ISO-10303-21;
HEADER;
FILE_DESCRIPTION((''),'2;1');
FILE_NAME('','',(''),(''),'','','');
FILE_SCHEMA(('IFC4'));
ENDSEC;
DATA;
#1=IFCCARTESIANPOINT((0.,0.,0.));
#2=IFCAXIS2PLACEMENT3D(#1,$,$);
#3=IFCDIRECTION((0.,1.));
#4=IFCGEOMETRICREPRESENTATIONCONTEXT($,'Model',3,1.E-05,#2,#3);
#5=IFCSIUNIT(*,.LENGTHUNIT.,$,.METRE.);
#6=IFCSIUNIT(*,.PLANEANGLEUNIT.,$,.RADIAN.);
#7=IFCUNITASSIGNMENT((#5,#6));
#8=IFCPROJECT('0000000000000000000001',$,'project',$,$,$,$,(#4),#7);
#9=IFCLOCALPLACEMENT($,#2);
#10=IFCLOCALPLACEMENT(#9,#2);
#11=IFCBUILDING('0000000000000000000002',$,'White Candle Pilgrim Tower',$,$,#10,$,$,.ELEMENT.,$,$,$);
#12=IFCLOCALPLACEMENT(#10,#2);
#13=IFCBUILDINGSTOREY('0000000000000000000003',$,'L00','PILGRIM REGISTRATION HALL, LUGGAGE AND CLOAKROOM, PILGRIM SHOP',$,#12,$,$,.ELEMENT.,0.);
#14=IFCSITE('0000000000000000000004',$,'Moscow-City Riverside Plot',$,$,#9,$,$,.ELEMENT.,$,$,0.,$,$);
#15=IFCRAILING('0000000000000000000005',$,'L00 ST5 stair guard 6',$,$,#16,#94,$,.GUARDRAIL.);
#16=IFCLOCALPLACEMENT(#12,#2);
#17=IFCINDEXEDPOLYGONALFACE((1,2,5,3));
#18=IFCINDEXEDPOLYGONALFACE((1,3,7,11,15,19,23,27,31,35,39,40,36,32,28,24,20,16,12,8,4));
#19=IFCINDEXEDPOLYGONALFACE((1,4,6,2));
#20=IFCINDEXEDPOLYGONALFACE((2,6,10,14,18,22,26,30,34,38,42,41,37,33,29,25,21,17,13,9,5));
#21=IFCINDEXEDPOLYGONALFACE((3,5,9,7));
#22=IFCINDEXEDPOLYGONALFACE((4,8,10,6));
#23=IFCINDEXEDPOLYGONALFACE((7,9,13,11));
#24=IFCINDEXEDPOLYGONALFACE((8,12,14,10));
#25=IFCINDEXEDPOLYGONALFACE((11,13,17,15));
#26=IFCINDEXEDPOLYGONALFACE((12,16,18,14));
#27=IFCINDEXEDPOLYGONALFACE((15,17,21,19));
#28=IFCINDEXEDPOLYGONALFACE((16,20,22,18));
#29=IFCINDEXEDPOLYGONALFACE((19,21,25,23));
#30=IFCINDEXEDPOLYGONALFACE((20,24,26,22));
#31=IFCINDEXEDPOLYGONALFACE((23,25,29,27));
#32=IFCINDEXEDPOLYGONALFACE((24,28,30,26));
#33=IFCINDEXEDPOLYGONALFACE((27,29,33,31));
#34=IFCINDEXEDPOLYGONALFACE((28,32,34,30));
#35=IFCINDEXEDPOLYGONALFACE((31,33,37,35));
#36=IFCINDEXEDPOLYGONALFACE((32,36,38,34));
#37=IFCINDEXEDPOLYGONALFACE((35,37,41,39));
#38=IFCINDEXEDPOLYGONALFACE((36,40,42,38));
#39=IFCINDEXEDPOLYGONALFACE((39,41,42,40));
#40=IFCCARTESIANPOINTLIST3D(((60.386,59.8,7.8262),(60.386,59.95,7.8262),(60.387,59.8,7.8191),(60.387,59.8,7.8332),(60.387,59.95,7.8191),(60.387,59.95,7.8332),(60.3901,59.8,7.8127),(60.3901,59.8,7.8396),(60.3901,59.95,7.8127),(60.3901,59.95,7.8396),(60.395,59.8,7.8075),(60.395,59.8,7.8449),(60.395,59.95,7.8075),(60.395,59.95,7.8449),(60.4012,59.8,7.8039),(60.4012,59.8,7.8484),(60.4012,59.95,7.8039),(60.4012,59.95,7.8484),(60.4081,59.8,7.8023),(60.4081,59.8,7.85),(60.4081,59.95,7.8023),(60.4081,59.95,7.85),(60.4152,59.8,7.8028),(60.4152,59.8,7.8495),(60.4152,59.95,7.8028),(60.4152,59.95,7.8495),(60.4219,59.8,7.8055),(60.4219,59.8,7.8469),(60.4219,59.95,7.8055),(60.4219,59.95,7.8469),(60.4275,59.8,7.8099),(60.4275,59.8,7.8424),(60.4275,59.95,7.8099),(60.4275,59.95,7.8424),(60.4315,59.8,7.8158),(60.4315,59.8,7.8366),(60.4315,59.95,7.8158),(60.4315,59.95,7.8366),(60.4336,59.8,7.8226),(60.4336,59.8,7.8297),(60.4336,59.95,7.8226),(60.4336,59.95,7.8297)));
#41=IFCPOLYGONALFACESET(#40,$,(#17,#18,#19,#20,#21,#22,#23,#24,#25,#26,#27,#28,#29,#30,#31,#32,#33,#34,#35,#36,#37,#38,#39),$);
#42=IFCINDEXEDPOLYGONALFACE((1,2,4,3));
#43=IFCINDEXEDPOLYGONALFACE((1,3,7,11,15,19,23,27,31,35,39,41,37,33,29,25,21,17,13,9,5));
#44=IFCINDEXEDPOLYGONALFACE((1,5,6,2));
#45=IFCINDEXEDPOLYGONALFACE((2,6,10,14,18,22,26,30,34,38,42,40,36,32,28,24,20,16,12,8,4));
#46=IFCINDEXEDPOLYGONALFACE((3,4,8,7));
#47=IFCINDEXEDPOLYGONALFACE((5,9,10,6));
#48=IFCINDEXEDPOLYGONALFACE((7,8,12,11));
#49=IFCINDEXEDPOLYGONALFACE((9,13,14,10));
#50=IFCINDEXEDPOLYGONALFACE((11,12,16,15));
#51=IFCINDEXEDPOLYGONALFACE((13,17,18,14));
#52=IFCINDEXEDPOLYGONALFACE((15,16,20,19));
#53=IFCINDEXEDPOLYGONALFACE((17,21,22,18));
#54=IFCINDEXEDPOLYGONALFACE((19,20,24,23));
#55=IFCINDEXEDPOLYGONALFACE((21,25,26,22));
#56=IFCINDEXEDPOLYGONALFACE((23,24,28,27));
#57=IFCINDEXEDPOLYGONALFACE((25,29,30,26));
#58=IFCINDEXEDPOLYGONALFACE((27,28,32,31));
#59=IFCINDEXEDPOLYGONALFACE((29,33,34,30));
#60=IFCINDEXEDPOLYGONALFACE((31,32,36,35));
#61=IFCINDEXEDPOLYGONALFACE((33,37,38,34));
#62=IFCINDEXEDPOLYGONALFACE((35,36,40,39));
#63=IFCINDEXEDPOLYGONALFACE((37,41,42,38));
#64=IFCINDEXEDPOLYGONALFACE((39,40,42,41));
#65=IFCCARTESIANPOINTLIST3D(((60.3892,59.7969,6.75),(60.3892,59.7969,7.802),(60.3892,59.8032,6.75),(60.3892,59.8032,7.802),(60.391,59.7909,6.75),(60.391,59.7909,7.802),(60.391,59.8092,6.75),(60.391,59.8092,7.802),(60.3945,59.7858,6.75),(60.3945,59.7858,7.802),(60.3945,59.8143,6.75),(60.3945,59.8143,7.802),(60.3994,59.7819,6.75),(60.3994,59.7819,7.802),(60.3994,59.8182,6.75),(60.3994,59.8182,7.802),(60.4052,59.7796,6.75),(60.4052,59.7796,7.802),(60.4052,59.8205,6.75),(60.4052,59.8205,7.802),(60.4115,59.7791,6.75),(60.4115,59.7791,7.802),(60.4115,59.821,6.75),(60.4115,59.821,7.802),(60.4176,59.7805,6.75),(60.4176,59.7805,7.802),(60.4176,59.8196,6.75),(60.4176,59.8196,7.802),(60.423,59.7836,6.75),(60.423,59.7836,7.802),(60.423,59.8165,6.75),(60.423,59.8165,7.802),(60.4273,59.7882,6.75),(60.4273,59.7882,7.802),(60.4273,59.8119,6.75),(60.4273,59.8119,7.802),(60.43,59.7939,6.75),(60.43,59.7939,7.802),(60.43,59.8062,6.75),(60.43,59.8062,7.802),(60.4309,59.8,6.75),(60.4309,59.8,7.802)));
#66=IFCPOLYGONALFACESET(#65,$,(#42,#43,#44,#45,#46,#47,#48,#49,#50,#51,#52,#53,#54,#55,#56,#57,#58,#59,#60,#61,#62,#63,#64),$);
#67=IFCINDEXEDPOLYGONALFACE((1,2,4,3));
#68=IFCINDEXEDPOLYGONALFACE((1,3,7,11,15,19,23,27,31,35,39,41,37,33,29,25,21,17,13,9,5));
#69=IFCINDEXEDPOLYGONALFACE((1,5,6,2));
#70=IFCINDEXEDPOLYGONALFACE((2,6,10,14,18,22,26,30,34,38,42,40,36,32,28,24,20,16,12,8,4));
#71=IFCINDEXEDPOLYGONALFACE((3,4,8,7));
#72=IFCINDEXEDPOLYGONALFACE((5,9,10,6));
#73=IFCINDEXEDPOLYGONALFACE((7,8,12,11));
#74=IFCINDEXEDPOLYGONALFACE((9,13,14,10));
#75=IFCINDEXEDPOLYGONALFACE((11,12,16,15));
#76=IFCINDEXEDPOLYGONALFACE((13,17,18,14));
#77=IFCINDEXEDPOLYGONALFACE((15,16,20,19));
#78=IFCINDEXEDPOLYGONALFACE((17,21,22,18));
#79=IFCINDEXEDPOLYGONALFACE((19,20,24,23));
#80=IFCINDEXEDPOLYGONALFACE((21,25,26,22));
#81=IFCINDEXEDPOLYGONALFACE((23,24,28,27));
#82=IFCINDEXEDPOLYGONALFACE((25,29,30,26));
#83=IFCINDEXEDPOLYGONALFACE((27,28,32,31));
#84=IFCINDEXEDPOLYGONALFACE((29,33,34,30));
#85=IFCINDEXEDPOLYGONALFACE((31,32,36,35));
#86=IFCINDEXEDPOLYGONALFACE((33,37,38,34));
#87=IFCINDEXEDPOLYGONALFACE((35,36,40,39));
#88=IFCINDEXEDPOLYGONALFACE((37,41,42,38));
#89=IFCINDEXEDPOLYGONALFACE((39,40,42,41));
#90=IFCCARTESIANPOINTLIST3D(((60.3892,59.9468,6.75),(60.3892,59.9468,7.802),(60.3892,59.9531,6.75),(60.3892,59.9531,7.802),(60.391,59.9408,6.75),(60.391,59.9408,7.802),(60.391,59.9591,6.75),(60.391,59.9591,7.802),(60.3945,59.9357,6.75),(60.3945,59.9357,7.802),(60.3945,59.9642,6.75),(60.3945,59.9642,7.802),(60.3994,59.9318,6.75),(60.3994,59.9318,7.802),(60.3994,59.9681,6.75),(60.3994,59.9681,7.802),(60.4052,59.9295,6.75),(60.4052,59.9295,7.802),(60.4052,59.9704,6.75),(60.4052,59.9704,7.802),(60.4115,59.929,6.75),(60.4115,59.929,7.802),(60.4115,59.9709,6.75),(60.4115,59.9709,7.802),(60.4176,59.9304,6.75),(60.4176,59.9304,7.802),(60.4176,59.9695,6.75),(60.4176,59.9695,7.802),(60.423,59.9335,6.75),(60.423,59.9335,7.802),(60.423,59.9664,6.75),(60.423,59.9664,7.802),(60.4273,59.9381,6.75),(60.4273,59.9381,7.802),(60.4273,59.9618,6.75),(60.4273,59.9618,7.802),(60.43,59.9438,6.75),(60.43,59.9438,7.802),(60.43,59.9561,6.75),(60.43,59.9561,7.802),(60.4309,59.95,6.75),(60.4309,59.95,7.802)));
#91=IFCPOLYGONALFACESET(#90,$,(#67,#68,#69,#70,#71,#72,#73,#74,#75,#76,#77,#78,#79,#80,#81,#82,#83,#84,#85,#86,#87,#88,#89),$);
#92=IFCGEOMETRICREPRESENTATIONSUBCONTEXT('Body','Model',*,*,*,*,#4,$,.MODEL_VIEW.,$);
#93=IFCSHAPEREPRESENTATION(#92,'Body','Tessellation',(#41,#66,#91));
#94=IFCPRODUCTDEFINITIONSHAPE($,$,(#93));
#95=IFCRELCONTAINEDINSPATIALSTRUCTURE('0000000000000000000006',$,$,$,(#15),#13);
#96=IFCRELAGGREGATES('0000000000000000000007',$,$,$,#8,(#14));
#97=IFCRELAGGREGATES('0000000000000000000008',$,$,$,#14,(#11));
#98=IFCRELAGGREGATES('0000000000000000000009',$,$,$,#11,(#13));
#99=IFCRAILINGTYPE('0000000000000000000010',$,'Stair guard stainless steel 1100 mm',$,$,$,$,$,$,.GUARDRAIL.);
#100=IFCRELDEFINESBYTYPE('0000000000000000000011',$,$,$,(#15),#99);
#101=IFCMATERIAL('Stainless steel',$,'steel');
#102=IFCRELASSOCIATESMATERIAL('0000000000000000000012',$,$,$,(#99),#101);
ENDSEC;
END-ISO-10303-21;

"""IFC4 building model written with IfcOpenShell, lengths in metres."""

from ifc_helpers import new_model, si_unit, direction, frame, origin, origin_2d, place, context, subcontext, project, spatial, circle, extrude, material, type_object, element, save


model = new_model("IFC4")

# Units and contexts
model_context = context("Model", 3, precision=1e-05, world=origin(), true_north=direction((0.0, 1.0)))
body_context = subcontext(model_context, "Body", "Model", "MODEL_VIEW")
ifc_project = project(units=[si_unit("LENGTHUNIT", "METRE"), si_unit("PLANEANGLEUNIT", "RADIAN")], contexts=[model_context])

# Site, building, storey
site_placement = place(None, origin())
site = spatial("IfcSite", under=ifc_project, at=site_placement, Name="Moscow-City Riverside Plot", CompositionType="ELEMENT", RefElevation=0.0)
building_placement = place(site_placement, origin())
building = spatial("IfcBuilding", under=site, at=building_placement, Name="White Candle Pilgrim Tower", CompositionType="ELEMENT")
storey_placement = place(building_placement, origin())
storey = spatial("IfcBuildingStorey", under=building, at=storey_placement, Name="L00", Description="PILGRIM REGISTRATION HALL, LUGGAGE AND CLOAKROOM, PILGRIM SHOP", CompositionType="ELEMENT", Elevation=0.0)

# Railing
ifc_material_1 = material(Name="Stainless steel", Category="steel")
railing_type_1 = type_object("IfcRailingType", Name="Stair guard stainless steel 1100 mm", PredefinedType="GUARDRAIL", material=ifc_material_1)
railing_1_placement = place(storey_placement, frame((60.4099, 59.8, 6.75)))
element("IfcRailing", 1, at=railing_1_placement, inside=storey, type_object=railing_type_1, Name="L00 ST5 stair guard 6", PredefinedType="GUARDRAIL", context=body_context, shape_type="SweptSolid", body=[
    extrude(circle(Radius=0.0239, at=origin_2d()), frame((0.0, 0.0, 1.0762), z_axis=(0.0, 1.0, 0.0), x_axis=(-1.0, 0.0, 0.0)), (0.0, 0.0, 1.0), 0.1499),
    extrude(circle(Radius=0.021, at=origin_2d()), origin(), (0.0, 0.0, 1.0), 1.052),
    extrude(circle(Radius=0.021, at=origin_2d()), frame((0.0, 0.1499, 0.0)), (0.0, 0.0, 1.0), 1.052),
])

save(model, "model.ifc")
